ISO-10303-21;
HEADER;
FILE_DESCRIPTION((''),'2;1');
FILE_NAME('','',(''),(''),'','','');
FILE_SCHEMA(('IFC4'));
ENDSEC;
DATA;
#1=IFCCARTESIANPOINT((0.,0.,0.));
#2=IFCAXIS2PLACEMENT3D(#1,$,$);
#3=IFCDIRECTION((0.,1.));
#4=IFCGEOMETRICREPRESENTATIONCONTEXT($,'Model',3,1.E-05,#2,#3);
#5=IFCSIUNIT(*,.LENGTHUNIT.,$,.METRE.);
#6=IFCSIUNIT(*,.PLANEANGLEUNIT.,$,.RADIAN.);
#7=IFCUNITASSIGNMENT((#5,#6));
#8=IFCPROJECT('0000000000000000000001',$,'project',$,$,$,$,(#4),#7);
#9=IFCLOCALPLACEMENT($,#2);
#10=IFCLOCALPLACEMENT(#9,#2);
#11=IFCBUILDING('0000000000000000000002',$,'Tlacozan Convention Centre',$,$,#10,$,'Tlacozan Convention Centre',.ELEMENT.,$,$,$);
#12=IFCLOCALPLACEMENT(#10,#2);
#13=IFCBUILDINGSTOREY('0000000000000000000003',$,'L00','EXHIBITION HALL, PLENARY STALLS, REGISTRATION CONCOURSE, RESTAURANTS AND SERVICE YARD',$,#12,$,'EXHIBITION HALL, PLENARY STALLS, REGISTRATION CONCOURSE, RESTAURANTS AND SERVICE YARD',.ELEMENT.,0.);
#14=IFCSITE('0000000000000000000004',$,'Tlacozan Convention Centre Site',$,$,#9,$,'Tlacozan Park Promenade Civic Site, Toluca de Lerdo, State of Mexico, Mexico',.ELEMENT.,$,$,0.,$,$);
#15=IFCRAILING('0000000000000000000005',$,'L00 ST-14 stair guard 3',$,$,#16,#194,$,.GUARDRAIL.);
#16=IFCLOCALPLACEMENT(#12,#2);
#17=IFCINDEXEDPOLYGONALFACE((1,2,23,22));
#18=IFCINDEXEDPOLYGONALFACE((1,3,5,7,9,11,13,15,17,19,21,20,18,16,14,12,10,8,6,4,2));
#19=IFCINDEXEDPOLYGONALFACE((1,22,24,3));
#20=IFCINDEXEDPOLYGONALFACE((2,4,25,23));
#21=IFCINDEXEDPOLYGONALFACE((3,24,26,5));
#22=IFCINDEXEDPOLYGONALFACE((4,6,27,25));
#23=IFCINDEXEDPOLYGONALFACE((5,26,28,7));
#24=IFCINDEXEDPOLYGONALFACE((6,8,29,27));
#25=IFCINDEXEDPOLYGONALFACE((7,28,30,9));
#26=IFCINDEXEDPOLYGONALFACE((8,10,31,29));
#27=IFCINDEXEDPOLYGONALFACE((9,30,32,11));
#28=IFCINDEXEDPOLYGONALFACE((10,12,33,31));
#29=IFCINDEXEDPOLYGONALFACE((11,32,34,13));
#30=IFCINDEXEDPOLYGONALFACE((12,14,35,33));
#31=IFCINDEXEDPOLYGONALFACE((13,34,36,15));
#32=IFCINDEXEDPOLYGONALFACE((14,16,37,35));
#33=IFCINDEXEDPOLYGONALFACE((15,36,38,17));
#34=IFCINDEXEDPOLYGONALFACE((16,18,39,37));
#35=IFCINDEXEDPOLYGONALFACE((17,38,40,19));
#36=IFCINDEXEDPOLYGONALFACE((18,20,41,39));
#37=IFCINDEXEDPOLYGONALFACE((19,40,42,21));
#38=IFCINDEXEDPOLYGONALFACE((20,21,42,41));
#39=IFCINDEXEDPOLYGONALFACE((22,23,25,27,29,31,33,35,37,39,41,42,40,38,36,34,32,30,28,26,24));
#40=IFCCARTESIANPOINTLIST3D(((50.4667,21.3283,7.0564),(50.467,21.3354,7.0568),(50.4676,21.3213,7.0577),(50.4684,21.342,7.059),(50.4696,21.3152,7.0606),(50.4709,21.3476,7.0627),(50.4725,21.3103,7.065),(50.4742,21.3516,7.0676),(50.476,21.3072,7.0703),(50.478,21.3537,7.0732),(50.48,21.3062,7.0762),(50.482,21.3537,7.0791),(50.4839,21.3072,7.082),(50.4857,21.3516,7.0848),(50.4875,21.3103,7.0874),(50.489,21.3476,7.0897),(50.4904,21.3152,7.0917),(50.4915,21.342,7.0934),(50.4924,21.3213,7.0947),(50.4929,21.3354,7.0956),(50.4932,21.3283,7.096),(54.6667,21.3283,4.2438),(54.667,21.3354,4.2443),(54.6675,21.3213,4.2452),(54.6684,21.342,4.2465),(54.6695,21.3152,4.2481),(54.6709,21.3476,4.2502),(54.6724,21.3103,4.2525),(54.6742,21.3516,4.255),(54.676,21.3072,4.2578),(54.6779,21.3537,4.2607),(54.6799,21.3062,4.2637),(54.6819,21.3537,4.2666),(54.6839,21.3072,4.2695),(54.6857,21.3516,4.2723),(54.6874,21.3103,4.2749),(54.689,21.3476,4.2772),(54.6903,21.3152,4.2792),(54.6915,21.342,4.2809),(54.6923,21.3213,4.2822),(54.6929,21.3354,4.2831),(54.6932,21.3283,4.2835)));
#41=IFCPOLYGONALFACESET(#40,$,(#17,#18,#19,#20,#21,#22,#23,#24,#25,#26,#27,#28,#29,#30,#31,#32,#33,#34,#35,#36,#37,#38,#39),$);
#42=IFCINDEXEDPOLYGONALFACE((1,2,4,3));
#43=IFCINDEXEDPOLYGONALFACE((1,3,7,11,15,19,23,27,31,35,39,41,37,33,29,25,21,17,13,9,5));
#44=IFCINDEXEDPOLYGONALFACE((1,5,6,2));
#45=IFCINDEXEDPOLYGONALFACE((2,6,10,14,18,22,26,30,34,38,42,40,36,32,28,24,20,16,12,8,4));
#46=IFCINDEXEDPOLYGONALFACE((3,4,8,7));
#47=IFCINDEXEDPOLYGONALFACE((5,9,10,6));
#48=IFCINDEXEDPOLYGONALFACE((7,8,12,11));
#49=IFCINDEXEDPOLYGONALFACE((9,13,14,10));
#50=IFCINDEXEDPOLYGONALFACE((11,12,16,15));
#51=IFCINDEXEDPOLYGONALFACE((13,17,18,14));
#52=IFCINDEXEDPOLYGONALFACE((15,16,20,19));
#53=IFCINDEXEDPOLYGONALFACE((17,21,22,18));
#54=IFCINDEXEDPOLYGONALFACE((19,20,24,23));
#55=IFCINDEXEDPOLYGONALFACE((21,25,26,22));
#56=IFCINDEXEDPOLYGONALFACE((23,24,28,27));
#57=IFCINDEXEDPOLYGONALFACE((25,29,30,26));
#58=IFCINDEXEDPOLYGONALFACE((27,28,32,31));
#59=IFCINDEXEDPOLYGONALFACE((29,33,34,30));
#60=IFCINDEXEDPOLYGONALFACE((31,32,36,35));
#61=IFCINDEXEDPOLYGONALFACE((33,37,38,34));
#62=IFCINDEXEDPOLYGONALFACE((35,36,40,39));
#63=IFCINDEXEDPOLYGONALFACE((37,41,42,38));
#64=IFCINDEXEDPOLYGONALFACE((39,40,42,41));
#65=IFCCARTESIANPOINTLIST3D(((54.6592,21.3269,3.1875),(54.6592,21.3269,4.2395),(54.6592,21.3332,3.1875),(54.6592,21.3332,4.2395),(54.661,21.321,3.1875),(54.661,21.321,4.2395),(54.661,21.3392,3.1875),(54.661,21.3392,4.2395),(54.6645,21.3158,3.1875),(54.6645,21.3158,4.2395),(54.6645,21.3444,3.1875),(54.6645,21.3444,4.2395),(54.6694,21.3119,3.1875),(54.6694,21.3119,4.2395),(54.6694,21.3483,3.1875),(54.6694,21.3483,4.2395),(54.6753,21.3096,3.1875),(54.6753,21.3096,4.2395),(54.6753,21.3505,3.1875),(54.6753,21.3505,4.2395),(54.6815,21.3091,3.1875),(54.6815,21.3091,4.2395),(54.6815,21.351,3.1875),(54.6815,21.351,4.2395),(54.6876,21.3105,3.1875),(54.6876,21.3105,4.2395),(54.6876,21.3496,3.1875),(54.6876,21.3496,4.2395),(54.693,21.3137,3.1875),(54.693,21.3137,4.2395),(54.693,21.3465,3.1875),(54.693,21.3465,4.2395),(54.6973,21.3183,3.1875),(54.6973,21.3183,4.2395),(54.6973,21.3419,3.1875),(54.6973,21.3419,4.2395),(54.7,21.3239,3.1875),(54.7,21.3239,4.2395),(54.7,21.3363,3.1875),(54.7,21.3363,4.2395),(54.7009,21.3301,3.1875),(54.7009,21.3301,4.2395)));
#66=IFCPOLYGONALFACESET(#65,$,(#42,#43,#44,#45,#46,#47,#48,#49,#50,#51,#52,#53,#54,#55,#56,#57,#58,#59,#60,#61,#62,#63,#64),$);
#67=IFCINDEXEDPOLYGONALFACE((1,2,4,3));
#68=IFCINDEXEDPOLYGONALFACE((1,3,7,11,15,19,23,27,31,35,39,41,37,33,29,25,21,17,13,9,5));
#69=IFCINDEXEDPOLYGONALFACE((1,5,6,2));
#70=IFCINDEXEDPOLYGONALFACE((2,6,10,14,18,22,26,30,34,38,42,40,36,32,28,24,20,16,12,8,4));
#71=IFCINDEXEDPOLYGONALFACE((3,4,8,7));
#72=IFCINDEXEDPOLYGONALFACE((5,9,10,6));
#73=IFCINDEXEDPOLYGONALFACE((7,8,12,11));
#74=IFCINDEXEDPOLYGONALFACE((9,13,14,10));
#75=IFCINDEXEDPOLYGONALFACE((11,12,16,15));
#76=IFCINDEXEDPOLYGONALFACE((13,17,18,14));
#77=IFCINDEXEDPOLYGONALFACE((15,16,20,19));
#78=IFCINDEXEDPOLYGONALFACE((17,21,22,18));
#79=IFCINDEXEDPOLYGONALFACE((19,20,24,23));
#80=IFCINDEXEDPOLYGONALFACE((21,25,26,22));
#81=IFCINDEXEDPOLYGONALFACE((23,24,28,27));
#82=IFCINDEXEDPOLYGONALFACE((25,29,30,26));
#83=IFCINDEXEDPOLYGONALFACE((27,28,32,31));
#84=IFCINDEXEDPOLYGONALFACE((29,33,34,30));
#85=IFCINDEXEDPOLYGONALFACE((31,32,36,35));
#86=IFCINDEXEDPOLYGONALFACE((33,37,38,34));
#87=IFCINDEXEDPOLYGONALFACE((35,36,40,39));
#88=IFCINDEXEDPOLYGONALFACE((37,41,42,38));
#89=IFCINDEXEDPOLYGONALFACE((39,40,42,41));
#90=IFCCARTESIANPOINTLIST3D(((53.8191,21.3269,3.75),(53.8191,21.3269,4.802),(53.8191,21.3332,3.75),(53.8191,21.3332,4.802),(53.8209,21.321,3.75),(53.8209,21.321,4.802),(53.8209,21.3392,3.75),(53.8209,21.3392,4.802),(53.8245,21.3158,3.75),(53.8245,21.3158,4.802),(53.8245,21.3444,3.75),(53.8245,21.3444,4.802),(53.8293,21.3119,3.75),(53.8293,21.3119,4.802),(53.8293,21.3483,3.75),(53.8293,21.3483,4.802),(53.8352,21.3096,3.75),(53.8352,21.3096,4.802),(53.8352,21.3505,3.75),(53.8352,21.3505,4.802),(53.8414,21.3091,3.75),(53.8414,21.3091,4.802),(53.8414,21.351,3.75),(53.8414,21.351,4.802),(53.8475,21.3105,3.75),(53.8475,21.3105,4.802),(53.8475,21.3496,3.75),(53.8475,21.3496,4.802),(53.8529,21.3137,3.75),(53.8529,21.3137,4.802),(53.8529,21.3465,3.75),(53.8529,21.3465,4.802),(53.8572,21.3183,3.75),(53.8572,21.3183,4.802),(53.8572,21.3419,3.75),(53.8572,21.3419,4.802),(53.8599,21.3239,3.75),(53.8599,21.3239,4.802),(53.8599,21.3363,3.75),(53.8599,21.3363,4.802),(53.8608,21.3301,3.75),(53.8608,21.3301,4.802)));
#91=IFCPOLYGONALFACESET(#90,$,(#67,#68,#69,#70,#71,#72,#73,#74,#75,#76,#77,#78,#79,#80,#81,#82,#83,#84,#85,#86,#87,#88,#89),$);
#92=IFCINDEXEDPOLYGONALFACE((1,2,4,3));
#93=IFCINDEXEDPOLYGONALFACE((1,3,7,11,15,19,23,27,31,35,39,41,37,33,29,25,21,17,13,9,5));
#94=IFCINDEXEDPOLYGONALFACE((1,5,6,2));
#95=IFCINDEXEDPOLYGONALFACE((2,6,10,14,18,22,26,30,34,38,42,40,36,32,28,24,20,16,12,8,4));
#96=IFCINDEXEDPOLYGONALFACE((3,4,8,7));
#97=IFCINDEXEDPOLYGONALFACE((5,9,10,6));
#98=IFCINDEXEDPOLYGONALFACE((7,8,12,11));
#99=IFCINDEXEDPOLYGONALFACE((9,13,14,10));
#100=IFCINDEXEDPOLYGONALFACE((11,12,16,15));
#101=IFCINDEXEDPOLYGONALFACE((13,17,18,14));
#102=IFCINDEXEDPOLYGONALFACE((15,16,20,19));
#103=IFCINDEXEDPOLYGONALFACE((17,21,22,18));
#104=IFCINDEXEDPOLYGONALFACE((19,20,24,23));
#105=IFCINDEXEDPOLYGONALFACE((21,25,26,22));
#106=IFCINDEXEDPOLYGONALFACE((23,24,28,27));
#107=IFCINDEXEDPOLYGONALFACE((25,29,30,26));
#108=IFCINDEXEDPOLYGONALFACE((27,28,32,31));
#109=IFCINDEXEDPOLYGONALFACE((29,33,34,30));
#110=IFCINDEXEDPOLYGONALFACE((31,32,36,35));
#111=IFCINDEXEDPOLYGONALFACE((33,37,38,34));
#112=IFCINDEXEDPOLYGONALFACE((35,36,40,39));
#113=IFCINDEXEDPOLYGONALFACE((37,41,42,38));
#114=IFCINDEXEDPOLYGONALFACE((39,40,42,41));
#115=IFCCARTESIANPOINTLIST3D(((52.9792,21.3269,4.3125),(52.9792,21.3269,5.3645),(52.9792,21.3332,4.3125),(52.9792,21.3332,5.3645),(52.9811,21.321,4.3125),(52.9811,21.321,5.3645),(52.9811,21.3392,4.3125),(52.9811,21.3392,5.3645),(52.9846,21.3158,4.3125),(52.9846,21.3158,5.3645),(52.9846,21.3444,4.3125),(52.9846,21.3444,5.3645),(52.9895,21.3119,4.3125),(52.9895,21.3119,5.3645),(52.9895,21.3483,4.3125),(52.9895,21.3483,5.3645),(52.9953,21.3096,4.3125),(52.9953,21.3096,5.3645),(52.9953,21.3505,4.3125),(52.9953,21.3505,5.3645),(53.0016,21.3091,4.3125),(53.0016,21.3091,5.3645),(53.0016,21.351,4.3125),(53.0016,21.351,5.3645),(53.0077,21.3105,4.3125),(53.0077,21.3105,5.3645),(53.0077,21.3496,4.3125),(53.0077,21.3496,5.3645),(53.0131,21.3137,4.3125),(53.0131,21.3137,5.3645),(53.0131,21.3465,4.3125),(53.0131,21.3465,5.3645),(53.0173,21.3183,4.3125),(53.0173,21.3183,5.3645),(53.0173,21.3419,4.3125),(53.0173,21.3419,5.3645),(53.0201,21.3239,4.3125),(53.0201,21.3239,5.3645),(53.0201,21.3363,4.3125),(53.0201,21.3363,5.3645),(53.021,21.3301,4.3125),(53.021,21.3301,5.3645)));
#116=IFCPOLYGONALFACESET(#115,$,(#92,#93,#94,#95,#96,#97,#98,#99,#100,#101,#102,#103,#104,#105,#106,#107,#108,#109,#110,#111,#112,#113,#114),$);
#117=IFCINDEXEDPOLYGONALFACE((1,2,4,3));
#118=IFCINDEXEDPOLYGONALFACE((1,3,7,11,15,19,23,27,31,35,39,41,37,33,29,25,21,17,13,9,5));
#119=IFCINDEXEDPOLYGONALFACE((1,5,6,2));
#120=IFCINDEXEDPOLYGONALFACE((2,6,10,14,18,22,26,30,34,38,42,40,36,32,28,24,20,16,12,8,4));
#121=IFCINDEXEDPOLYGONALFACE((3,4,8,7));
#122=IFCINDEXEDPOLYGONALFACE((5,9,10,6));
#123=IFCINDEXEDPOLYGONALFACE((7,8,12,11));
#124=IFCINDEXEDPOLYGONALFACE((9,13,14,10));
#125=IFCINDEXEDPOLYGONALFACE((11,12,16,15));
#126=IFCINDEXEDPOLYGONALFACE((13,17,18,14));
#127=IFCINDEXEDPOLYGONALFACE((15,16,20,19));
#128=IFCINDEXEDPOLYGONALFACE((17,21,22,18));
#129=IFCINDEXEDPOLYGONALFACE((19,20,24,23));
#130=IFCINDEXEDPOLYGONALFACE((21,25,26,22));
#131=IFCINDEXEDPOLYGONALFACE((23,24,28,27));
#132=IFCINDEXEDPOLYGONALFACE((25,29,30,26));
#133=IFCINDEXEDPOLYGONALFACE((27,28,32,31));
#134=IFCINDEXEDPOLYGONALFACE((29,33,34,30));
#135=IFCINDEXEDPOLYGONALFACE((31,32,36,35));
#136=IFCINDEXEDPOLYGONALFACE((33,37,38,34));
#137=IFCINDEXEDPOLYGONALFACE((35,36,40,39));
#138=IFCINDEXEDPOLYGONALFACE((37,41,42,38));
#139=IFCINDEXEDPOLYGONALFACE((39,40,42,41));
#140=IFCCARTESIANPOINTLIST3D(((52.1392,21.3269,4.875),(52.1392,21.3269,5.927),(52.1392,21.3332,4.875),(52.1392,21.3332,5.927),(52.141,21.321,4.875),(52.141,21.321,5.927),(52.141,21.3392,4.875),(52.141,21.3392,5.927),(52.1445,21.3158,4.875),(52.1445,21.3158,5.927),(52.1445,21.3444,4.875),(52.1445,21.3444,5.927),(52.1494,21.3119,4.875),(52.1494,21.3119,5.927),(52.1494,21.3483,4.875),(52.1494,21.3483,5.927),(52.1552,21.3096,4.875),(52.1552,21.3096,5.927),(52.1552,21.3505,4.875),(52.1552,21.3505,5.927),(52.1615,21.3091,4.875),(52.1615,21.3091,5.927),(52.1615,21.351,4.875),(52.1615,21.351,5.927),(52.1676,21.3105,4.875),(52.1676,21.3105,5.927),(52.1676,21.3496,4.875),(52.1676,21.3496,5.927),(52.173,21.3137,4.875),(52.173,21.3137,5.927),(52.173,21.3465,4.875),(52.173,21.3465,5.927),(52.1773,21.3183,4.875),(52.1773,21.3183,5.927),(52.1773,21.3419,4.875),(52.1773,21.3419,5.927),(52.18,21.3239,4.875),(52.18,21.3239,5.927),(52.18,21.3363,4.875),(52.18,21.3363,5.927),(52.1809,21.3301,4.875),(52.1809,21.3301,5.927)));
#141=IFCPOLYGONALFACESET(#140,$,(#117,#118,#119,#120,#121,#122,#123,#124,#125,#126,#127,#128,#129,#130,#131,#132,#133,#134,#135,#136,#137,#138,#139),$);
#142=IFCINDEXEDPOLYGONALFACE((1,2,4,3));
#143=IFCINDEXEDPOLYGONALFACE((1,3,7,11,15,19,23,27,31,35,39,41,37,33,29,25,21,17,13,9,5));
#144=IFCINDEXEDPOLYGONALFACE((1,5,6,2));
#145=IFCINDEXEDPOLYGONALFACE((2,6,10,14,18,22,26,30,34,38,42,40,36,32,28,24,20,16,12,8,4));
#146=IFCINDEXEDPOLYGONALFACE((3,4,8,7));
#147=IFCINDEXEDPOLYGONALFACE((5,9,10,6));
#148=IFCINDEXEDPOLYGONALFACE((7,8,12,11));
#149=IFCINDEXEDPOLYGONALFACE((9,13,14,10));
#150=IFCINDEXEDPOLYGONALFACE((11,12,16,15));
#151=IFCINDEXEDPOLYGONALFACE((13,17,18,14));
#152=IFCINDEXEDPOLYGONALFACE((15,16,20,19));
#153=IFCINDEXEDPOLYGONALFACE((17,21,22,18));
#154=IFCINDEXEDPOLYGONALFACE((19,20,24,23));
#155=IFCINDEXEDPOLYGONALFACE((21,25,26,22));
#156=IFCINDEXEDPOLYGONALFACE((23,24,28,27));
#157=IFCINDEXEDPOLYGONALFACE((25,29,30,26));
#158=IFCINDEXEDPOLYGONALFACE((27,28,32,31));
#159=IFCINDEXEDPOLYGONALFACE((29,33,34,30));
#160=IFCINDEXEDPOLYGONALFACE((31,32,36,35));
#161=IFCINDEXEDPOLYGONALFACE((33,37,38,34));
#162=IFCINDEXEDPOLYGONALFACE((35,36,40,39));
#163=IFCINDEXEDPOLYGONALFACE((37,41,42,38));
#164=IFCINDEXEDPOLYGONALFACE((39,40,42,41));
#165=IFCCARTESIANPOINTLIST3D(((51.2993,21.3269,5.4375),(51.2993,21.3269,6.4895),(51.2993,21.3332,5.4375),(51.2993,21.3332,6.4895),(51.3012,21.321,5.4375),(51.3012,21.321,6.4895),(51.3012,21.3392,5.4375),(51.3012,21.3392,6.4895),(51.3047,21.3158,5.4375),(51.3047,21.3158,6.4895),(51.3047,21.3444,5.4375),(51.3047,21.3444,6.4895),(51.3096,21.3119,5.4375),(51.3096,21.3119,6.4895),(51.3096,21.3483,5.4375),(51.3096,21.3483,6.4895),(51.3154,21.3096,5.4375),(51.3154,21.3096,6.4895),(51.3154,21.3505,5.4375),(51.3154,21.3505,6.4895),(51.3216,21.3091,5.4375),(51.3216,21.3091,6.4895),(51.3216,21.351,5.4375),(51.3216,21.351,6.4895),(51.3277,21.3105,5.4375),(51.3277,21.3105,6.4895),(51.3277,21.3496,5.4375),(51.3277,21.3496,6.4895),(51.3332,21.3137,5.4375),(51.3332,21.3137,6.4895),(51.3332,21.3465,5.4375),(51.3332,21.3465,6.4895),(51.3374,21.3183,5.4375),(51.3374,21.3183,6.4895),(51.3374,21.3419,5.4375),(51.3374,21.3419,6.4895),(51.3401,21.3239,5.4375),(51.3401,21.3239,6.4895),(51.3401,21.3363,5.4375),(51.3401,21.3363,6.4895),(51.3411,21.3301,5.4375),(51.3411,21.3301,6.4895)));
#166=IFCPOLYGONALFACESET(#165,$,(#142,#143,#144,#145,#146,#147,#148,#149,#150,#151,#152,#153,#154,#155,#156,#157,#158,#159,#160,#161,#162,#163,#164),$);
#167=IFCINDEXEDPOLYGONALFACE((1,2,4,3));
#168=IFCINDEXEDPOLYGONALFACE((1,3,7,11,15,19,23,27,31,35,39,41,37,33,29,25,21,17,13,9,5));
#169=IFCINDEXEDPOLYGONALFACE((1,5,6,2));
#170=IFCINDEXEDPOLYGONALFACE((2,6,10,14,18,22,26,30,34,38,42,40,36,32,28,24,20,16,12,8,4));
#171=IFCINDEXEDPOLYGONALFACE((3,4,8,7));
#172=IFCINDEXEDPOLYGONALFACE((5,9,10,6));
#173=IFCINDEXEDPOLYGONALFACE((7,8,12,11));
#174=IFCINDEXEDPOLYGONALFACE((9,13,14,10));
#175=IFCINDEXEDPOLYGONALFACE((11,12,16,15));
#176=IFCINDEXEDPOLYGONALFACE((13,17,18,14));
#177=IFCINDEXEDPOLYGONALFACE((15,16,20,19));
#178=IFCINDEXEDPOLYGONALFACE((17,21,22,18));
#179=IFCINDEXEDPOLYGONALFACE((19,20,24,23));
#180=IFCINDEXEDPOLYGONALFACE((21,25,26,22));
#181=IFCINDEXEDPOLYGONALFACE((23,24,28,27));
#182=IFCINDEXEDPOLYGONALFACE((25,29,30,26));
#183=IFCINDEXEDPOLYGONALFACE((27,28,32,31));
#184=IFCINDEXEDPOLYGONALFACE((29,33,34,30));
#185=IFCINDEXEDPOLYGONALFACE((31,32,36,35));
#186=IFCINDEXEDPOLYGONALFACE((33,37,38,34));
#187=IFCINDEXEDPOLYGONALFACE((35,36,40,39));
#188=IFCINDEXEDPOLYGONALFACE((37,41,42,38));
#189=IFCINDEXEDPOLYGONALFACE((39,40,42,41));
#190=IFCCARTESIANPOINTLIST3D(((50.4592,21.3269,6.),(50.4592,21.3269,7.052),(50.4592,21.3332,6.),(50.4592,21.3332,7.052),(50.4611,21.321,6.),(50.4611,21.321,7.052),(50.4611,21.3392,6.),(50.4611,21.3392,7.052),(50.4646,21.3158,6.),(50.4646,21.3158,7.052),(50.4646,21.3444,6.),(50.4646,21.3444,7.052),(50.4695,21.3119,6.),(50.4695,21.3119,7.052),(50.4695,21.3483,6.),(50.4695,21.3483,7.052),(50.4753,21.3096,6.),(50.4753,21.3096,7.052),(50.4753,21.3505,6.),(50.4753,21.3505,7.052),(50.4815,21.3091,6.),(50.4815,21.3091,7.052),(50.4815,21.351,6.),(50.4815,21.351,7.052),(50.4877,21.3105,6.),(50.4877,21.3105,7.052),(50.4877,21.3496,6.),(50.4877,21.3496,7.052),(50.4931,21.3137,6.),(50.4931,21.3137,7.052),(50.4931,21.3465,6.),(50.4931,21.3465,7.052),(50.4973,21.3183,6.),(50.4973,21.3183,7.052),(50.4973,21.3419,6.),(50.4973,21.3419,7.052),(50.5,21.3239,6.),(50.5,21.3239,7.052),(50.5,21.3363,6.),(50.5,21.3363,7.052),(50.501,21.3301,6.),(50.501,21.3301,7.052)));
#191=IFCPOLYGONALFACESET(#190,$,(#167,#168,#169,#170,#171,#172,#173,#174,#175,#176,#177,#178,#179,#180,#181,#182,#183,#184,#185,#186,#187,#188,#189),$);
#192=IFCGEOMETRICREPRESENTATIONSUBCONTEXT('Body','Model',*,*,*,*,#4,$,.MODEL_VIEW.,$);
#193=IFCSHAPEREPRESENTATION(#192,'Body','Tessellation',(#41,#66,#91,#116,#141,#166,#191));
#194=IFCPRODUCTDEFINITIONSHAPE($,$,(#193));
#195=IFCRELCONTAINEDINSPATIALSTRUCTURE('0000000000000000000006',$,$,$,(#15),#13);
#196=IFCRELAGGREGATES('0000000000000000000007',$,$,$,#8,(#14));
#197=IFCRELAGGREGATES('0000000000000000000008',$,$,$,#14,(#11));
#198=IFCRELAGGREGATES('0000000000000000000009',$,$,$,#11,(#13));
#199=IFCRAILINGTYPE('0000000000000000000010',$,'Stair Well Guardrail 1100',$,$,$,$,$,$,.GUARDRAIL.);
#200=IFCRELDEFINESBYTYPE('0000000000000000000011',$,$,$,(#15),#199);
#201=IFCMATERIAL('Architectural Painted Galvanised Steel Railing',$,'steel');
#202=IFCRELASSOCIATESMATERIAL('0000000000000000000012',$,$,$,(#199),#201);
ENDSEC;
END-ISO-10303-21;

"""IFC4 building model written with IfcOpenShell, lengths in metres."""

from ifc_helpers import new_model, si_unit, direction, frame, origin, origin_2d, place, context, subcontext, project, spatial, circle, extrude, material, type_object, element, save


model = new_model("IFC4")

# Units and contexts
model_context = context("Model", 3, precision=1e-05, world=origin(), true_north=direction((0.0, 1.0)))
body_context = subcontext(model_context, "Body", "Model", "MODEL_VIEW")
ifc_project = project(units=[si_unit("LENGTHUNIT", "METRE"), si_unit("PLANEANGLEUNIT", "RADIAN")], contexts=[model_context])

# Site, building, storey
site_placement = place(None, origin())
site = spatial("IfcSite", under=ifc_project, at=site_placement, Name="Tlacozan Convention Centre Site", LongName="Tlacozan Park Promenade Civic Site, Toluca de Lerdo, State of Mexico, Mexico", CompositionType="ELEMENT", RefElevation=0.0)
building_placement = place(site_placement, origin())
building = spatial("IfcBuilding", under=site, at=building_placement, Name="Tlacozan Convention Centre", LongName="Tlacozan Convention Centre", CompositionType="ELEMENT")
storey_placement = place(building_placement, origin())
storey = spatial("IfcBuildingStorey", under=building, at=storey_placement, Name="L00", Description="EXHIBITION HALL, PLENARY STALLS, REGISTRATION CONCOURSE, RESTAURANTS AND SERVICE YARD", LongName="EXHIBITION HALL, PLENARY STALLS, REGISTRATION CONCOURSE, RESTAURANTS AND SERVICE YARD", CompositionType="ELEMENT", Elevation=0.0)

# Railing
ifc_material_1 = material(Name="Architectural Painted Galvanised Steel Railing", Category="steel")
railing_type_1 = type_object("IfcRailingType", Name="Stair Well Guardrail 1100", PredefinedType="GUARDRAIL", material=ifc_material_1)
railing_1_placement = place(storey_placement, frame((54.6799, 21.3301, 3.1875)))
element("IfcRailing", 1, at=railing_1_placement, inside=storey, type_object=railing_type_1, Name="L00 ST-14 stair guard 3", PredefinedType="GUARDRAIL", context=body_context, shape_type="SweptSolid", body=[
    extrude(circle(Radius=0.0239, at=origin_2d()), frame((0.0, 0.0, 1.0762), z_axis=(-0.830904, 0.0, 0.556416), x_axis=(0.0, -1.0, 0.0)), (0.0, 0.0, 1.0), 5.0547),
    extrude(circle(Radius=0.021, at=origin_2d()), origin(), (0.0, 0.0, 1.0), 1.052),
    extrude(circle(Radius=0.021, at=origin_2d()), frame((-0.8401, 0.0, 0.5625)), (0.0, 0.0, 1.0), 1.052),
    extrude(circle(Radius=0.021, at=origin_2d()), frame((-1.6799, 0.0, 1.125)), (0.0, 0.0, 1.0), 1.052),
    extrude(circle(Radius=0.021, at=origin_2d()), frame((-2.52, 0.0, 1.6875)), (0.0, 0.0, 1.0), 1.052),
    extrude(circle(Radius=0.021, at=origin_2d()), frame((-3.3599, 0.0, 2.25)), (0.0, 0.0, 1.0), 1.052),
    extrude(circle(Radius=0.021, at=origin_2d()), frame((-4.2, 0.0, 2.8125)), (0.0, 0.0, 1.0), 1.052),
])

save(model, "model.ifc")
